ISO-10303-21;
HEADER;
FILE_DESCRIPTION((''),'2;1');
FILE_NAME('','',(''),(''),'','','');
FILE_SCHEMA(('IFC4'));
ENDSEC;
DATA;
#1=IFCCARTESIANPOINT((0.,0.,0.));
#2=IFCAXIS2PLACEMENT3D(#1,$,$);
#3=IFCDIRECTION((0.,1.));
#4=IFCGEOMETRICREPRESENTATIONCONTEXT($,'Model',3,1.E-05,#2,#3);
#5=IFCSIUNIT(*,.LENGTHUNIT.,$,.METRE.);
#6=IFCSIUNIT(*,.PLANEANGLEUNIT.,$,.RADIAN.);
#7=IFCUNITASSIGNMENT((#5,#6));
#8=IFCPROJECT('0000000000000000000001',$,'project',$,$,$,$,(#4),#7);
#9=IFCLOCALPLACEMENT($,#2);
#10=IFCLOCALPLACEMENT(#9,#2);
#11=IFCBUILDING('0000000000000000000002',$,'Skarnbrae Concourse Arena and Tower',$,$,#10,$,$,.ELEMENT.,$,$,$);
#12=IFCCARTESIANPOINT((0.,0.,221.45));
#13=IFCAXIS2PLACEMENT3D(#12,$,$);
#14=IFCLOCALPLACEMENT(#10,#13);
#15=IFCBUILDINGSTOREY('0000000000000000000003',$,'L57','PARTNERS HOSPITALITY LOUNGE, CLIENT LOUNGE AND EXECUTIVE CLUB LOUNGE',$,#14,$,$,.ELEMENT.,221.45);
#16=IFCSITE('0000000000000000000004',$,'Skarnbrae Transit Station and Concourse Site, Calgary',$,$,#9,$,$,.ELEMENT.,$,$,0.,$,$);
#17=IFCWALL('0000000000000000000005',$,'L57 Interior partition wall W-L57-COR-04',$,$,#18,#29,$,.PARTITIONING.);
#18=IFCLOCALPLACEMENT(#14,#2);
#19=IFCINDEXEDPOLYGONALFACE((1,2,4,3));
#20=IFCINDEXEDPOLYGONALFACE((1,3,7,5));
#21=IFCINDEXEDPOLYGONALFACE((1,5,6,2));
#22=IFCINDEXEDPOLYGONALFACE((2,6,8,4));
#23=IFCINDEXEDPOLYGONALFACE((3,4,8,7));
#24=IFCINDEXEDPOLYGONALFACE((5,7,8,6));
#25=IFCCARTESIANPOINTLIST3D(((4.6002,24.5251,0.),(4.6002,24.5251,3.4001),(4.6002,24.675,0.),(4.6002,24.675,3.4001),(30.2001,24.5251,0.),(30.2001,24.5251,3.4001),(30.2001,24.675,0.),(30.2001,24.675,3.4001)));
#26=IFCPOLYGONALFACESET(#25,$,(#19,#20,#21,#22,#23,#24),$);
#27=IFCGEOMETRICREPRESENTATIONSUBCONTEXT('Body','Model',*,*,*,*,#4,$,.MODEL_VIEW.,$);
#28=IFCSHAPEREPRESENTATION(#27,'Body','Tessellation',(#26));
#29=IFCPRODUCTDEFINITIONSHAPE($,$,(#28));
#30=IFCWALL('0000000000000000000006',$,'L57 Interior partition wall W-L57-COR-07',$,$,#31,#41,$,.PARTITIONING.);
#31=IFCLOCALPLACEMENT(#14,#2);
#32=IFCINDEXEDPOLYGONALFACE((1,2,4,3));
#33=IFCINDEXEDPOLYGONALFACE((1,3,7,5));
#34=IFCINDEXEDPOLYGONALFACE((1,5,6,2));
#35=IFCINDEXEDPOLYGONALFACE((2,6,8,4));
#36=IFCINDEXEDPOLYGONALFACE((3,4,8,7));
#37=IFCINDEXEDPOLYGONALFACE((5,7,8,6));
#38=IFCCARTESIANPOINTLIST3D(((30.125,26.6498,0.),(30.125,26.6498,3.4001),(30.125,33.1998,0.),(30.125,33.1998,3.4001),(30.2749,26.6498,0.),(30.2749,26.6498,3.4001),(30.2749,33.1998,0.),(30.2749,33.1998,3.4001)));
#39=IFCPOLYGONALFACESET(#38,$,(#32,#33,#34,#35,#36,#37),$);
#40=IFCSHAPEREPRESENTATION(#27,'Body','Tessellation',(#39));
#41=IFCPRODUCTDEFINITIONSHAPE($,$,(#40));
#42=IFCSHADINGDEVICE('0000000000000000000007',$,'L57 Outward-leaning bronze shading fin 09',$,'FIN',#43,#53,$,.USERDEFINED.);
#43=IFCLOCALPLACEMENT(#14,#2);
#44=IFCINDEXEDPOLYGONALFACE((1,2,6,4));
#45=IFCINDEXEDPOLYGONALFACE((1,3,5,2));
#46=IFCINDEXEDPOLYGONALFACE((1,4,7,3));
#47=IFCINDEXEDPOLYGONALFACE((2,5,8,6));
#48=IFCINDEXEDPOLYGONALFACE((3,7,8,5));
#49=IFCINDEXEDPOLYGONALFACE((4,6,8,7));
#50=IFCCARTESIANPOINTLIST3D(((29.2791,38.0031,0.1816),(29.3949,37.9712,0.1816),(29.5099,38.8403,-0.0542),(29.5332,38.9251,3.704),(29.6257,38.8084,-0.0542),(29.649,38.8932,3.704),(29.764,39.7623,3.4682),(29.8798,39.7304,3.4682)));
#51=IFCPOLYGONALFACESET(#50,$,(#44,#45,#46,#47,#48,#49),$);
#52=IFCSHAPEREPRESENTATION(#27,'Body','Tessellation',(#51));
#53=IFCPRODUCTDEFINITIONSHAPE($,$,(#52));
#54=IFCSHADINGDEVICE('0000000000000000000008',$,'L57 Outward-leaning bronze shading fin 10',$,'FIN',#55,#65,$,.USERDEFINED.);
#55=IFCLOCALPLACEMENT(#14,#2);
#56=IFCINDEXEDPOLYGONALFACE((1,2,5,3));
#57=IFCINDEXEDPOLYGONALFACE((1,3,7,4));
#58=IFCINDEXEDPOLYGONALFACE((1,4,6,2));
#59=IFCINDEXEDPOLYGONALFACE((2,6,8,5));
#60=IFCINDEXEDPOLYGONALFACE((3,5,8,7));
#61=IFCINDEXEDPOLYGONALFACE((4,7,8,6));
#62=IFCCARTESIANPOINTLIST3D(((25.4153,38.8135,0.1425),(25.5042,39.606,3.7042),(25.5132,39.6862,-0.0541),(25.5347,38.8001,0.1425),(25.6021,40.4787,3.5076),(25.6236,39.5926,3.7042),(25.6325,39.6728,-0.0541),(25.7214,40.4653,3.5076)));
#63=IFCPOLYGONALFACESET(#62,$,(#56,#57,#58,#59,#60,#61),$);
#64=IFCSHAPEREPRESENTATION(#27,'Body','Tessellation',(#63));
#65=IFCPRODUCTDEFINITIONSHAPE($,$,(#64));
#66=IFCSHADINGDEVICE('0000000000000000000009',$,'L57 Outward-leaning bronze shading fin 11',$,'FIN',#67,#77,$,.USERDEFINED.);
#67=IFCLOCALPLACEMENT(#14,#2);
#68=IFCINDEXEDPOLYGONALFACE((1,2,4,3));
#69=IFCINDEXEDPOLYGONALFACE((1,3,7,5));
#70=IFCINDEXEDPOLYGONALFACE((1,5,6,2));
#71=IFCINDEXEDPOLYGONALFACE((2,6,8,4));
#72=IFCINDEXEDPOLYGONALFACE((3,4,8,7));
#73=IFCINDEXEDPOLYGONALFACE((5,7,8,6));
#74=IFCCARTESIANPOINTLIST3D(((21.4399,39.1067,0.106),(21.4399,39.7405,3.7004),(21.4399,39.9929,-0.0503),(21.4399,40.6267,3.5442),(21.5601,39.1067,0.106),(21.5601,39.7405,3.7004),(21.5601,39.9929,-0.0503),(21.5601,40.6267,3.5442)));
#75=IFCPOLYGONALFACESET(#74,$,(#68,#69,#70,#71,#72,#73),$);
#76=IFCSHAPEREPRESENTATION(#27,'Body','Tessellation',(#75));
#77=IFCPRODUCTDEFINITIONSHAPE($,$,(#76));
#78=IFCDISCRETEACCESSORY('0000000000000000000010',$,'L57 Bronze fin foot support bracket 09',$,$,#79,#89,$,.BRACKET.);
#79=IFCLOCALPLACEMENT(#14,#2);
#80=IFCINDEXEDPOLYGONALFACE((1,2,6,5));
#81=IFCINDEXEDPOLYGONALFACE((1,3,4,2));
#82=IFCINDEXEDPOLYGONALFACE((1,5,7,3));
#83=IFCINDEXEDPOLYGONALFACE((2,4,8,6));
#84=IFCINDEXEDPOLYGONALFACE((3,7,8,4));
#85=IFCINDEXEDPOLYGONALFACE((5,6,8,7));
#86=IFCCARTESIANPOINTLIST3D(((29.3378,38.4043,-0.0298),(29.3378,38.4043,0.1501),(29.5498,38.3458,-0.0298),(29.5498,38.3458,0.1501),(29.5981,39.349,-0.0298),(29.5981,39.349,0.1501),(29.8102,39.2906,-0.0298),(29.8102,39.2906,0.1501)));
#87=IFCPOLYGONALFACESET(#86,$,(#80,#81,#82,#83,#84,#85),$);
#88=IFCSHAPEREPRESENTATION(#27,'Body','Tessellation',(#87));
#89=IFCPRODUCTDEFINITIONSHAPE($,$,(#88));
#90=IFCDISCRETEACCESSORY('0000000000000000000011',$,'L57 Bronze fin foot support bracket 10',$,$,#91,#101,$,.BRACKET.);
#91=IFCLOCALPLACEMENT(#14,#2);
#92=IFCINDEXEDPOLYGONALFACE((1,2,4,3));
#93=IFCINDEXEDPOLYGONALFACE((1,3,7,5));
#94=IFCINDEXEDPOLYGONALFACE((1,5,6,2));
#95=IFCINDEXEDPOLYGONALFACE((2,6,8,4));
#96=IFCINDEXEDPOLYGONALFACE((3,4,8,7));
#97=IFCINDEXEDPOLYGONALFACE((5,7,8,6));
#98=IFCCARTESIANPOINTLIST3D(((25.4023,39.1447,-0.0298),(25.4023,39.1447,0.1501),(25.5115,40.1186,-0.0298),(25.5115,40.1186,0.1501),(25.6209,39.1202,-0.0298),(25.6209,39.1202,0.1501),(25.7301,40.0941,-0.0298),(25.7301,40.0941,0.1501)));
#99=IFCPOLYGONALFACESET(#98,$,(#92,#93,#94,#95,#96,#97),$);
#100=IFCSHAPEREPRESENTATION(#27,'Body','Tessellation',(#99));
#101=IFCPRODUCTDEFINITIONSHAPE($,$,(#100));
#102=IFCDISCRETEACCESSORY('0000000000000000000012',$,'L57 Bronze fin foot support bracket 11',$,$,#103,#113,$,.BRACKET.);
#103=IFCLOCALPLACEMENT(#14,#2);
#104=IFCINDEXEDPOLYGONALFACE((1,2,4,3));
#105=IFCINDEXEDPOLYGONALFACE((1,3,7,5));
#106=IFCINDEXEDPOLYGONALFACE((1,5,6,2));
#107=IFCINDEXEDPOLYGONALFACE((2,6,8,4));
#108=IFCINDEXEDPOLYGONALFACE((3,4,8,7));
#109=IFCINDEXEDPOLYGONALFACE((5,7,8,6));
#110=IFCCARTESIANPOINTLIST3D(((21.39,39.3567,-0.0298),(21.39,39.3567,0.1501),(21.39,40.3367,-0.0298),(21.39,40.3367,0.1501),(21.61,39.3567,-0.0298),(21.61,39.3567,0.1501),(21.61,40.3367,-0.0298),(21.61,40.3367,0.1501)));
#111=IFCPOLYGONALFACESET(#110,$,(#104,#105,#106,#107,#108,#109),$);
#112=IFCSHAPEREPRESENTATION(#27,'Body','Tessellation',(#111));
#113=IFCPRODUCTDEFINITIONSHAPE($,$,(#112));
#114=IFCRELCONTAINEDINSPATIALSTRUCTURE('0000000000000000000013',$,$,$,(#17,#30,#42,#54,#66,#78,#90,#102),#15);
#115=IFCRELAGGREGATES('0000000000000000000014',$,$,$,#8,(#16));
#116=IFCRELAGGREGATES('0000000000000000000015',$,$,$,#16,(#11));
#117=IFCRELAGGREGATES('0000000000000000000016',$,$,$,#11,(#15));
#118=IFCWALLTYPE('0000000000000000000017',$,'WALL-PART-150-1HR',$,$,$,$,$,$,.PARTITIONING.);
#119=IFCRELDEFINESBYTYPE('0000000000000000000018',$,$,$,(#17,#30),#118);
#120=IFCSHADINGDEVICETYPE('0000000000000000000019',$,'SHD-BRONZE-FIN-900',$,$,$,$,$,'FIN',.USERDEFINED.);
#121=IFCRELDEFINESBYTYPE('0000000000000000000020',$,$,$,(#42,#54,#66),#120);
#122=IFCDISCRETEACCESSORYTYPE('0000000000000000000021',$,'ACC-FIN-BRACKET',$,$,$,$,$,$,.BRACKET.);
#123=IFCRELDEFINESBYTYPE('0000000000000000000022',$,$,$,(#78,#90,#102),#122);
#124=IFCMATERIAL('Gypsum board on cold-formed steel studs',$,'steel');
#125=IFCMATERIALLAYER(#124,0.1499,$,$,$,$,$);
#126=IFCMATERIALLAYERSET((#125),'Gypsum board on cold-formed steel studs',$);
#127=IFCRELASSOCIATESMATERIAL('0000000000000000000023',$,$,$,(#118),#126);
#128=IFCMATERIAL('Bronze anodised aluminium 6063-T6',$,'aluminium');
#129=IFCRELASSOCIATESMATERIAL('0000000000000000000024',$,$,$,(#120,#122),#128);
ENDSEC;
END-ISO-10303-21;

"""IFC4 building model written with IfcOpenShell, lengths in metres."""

from ifc_helpers import new_model, si_unit, direction, frame, frame_2d, origin, origin_2d, place, context, subcontext, project, spatial, rectangle, extrude, source, transform, mapped, material, layer, layer_set, type_object, element, save


model = new_model("IFC4")

# Units and contexts
model_context = context("Model", 3, precision=1e-05, world=origin(), true_north=direction((0.0, 1.0)))
body_context = subcontext(model_context, "Body", "Model", "MODEL_VIEW")
ifc_project = project(units=[si_unit("LENGTHUNIT", "METRE"), si_unit("PLANEANGLEUNIT", "RADIAN")], contexts=[model_context])

# Site, building, storey
site_placement = place(None, origin())
site = spatial("IfcSite", under=ifc_project, at=site_placement, Name="Skarnbrae Transit Station and Concourse Site, Calgary", CompositionType="ELEMENT", RefElevation=0.0)
building_placement = place(site_placement, origin())
building = spatial("IfcBuilding", under=site, at=building_placement, Name="Skarnbrae Concourse Arena and Tower", CompositionType="ELEMENT")
storey_placement = place(building_placement, frame((0.0, 0.0, 221.45)))
storey = spatial("IfcBuildingStorey", under=building, at=storey_placement, Name="L57", Description="PARTNERS HOSPITALITY LOUNGE, CLIENT LOUNGE AND EXECUTIVE CLUB LOUNGE", CompositionType="ELEMENT", Elevation=221.45)

# Shared definitions
ifc_material_1 = material(Name="Bronze anodised aluminium 6063-T6", Category="aluminium")

# Walls
ifc_material_2 = material(Name="Gypsum board on cold-formed steel studs", Category="steel")
ifc_layer_1 = layer(ifc_material_2, 0.1499)
ifc_layer_set_1 = layer_set([ifc_layer_1], Name="Gypsum board on cold-formed steel studs")
wall_type = type_object("IfcWallType", Name="WALL-PART-150-1HR", PredefinedType="PARTITIONING", material=ifc_layer_set_1)
shared_shape_1 = source(origin(), body_context, "Body", "SweptSolid", [
    extrude(rectangle(XDim=25.5999, YDim=0.1499, at=frame_2d((12.7998, 0.0))), origin(), (0.0, 0.0, 1.0), 3.4001),
])
wall_1_placement = place(storey_placement, frame((30.2, 24.6001, 0.0), z_axis=(0.0, 0.0, 1.0), x_axis=(-1.0, 0.0, 0.0)))
element("IfcWall", 1, at=wall_1_placement, inside=storey, type_object=wall_type, Name="L57 Interior partition wall W-L57-COR-04", PredefinedType="PARTITIONING", context=body_context, shape_type="MappedRepresentation", body=[
    mapped(shared_shape_1, transform((0.0, 0.0, 0.0))),
])
shared_shape_2 = source(origin(), body_context, "Body", "SweptSolid", [
    extrude(rectangle(XDim=6.55, YDim=0.1499, at=frame_2d((3.2749, 0.0))), origin(), (0.0, 0.0, 1.0), 3.4001),
])
wall_2_placement = place(storey_placement, frame((30.2, 26.6499, 0.0), z_axis=(0.0, 0.0, 1.0), x_axis=(0.0, 1.0, 0.0)))
element("IfcWall", 2, at=wall_2_placement, inside=storey, type_object=wall_type, Name="L57 Interior partition wall W-L57-COR-07", PredefinedType="PARTITIONING", context=body_context, shape_type="MappedRepresentation", body=[
    mapped(shared_shape_2, transform((0.0, 0.0, 0.0))),
])

# Shading devices
shading_device_type = type_object("IfcShadingDeviceType", Name="SHD-BRONZE-FIN-900", ElementType="FIN", PredefinedType="USERDEFINED", material=ifc_material_1)
shared_shape_3 = source(origin(), body_context, "Body", "SweptSolid", [
    extrude(rectangle(XDim=0.1201, YDim=0.8999, at=origin_2d()), origin(), (0.0, 0.0, 1.0), 3.6499),
])
for number, where, z_axis, x_axis, name in (
    (3, (29.4524, 38.4058, 0.0637), (0.069616, 0.252603, 0.965062), (0.964058, -0.265691, 0.0), "L57 Outward-leaning bronze shading fin 09"),
    (4, (25.5239, 39.2432, 0.0442), (0.02435, 0.217123, 0.975841), (0.99377, -0.111452, 0.0), "L57 Outward-leaning bronze shading fin 10"),
    (5, (21.5, 39.5498, 0.0278), (0.0, 0.173648, 0.984808), (1.0, 0.0, 0.0), "L57 Outward-leaning bronze shading fin 11"),
):
    element("IfcShadingDevice", number, at=place(storey_placement, frame(where, z_axis=z_axis, x_axis=x_axis)), inside=storey, type_object=shading_device_type, Name=name, ObjectType="FIN", PredefinedType="USERDEFINED", context=body_context, shape_type="MappedRepresentation", body=[
        mapped(shared_shape_3, transform((0.0, 0.0, 0.0))),
    ])

# Discrete accessories
discrete_accessory_type = type_object("IfcDiscreteAccessoryType", Name="ACC-FIN-BRACKET", PredefinedType="BRACKET", material=ifc_material_1)
shared_shape_4 = source(origin(), body_context, "Body", "SweptSolid", [
    extrude(rectangle(XDim=0.22, YDim=0.98, at=origin_2d()), origin(), (0.0, 0.0, 1.0), 0.1799),
])
for number, where, z_axis, x_axis, name in (
    (6, (29.574, 38.8474, -0.0298), (0.0, 0.0, 1.0), (0.964058, -0.265691, 0.0), "L57 Bronze fin foot support bracket 09"),
    (7, (25.5662, 39.6194, -0.0298), (0.0, 0.0, 1.0), (0.99377, -0.111452, 0.0), "L57 Bronze fin foot support bracket 10"),
    (8, (21.5, 39.8467, -0.0298), (0.0, 0.0, 1.0), (1.0, 0.0, 0.0), "L57 Bronze fin foot support bracket 11"),
):
    element("IfcDiscreteAccessory", number, at=place(storey_placement, frame(where, z_axis=z_axis, x_axis=x_axis)), inside=storey, type_object=discrete_accessory_type, Name=name, PredefinedType="BRACKET", context=body_context, shape_type="MappedRepresentation", body=[
        mapped(shared_shape_4, transform((0.0, 0.0, 0.0))),
    ])

save(model, "model.ifc")
